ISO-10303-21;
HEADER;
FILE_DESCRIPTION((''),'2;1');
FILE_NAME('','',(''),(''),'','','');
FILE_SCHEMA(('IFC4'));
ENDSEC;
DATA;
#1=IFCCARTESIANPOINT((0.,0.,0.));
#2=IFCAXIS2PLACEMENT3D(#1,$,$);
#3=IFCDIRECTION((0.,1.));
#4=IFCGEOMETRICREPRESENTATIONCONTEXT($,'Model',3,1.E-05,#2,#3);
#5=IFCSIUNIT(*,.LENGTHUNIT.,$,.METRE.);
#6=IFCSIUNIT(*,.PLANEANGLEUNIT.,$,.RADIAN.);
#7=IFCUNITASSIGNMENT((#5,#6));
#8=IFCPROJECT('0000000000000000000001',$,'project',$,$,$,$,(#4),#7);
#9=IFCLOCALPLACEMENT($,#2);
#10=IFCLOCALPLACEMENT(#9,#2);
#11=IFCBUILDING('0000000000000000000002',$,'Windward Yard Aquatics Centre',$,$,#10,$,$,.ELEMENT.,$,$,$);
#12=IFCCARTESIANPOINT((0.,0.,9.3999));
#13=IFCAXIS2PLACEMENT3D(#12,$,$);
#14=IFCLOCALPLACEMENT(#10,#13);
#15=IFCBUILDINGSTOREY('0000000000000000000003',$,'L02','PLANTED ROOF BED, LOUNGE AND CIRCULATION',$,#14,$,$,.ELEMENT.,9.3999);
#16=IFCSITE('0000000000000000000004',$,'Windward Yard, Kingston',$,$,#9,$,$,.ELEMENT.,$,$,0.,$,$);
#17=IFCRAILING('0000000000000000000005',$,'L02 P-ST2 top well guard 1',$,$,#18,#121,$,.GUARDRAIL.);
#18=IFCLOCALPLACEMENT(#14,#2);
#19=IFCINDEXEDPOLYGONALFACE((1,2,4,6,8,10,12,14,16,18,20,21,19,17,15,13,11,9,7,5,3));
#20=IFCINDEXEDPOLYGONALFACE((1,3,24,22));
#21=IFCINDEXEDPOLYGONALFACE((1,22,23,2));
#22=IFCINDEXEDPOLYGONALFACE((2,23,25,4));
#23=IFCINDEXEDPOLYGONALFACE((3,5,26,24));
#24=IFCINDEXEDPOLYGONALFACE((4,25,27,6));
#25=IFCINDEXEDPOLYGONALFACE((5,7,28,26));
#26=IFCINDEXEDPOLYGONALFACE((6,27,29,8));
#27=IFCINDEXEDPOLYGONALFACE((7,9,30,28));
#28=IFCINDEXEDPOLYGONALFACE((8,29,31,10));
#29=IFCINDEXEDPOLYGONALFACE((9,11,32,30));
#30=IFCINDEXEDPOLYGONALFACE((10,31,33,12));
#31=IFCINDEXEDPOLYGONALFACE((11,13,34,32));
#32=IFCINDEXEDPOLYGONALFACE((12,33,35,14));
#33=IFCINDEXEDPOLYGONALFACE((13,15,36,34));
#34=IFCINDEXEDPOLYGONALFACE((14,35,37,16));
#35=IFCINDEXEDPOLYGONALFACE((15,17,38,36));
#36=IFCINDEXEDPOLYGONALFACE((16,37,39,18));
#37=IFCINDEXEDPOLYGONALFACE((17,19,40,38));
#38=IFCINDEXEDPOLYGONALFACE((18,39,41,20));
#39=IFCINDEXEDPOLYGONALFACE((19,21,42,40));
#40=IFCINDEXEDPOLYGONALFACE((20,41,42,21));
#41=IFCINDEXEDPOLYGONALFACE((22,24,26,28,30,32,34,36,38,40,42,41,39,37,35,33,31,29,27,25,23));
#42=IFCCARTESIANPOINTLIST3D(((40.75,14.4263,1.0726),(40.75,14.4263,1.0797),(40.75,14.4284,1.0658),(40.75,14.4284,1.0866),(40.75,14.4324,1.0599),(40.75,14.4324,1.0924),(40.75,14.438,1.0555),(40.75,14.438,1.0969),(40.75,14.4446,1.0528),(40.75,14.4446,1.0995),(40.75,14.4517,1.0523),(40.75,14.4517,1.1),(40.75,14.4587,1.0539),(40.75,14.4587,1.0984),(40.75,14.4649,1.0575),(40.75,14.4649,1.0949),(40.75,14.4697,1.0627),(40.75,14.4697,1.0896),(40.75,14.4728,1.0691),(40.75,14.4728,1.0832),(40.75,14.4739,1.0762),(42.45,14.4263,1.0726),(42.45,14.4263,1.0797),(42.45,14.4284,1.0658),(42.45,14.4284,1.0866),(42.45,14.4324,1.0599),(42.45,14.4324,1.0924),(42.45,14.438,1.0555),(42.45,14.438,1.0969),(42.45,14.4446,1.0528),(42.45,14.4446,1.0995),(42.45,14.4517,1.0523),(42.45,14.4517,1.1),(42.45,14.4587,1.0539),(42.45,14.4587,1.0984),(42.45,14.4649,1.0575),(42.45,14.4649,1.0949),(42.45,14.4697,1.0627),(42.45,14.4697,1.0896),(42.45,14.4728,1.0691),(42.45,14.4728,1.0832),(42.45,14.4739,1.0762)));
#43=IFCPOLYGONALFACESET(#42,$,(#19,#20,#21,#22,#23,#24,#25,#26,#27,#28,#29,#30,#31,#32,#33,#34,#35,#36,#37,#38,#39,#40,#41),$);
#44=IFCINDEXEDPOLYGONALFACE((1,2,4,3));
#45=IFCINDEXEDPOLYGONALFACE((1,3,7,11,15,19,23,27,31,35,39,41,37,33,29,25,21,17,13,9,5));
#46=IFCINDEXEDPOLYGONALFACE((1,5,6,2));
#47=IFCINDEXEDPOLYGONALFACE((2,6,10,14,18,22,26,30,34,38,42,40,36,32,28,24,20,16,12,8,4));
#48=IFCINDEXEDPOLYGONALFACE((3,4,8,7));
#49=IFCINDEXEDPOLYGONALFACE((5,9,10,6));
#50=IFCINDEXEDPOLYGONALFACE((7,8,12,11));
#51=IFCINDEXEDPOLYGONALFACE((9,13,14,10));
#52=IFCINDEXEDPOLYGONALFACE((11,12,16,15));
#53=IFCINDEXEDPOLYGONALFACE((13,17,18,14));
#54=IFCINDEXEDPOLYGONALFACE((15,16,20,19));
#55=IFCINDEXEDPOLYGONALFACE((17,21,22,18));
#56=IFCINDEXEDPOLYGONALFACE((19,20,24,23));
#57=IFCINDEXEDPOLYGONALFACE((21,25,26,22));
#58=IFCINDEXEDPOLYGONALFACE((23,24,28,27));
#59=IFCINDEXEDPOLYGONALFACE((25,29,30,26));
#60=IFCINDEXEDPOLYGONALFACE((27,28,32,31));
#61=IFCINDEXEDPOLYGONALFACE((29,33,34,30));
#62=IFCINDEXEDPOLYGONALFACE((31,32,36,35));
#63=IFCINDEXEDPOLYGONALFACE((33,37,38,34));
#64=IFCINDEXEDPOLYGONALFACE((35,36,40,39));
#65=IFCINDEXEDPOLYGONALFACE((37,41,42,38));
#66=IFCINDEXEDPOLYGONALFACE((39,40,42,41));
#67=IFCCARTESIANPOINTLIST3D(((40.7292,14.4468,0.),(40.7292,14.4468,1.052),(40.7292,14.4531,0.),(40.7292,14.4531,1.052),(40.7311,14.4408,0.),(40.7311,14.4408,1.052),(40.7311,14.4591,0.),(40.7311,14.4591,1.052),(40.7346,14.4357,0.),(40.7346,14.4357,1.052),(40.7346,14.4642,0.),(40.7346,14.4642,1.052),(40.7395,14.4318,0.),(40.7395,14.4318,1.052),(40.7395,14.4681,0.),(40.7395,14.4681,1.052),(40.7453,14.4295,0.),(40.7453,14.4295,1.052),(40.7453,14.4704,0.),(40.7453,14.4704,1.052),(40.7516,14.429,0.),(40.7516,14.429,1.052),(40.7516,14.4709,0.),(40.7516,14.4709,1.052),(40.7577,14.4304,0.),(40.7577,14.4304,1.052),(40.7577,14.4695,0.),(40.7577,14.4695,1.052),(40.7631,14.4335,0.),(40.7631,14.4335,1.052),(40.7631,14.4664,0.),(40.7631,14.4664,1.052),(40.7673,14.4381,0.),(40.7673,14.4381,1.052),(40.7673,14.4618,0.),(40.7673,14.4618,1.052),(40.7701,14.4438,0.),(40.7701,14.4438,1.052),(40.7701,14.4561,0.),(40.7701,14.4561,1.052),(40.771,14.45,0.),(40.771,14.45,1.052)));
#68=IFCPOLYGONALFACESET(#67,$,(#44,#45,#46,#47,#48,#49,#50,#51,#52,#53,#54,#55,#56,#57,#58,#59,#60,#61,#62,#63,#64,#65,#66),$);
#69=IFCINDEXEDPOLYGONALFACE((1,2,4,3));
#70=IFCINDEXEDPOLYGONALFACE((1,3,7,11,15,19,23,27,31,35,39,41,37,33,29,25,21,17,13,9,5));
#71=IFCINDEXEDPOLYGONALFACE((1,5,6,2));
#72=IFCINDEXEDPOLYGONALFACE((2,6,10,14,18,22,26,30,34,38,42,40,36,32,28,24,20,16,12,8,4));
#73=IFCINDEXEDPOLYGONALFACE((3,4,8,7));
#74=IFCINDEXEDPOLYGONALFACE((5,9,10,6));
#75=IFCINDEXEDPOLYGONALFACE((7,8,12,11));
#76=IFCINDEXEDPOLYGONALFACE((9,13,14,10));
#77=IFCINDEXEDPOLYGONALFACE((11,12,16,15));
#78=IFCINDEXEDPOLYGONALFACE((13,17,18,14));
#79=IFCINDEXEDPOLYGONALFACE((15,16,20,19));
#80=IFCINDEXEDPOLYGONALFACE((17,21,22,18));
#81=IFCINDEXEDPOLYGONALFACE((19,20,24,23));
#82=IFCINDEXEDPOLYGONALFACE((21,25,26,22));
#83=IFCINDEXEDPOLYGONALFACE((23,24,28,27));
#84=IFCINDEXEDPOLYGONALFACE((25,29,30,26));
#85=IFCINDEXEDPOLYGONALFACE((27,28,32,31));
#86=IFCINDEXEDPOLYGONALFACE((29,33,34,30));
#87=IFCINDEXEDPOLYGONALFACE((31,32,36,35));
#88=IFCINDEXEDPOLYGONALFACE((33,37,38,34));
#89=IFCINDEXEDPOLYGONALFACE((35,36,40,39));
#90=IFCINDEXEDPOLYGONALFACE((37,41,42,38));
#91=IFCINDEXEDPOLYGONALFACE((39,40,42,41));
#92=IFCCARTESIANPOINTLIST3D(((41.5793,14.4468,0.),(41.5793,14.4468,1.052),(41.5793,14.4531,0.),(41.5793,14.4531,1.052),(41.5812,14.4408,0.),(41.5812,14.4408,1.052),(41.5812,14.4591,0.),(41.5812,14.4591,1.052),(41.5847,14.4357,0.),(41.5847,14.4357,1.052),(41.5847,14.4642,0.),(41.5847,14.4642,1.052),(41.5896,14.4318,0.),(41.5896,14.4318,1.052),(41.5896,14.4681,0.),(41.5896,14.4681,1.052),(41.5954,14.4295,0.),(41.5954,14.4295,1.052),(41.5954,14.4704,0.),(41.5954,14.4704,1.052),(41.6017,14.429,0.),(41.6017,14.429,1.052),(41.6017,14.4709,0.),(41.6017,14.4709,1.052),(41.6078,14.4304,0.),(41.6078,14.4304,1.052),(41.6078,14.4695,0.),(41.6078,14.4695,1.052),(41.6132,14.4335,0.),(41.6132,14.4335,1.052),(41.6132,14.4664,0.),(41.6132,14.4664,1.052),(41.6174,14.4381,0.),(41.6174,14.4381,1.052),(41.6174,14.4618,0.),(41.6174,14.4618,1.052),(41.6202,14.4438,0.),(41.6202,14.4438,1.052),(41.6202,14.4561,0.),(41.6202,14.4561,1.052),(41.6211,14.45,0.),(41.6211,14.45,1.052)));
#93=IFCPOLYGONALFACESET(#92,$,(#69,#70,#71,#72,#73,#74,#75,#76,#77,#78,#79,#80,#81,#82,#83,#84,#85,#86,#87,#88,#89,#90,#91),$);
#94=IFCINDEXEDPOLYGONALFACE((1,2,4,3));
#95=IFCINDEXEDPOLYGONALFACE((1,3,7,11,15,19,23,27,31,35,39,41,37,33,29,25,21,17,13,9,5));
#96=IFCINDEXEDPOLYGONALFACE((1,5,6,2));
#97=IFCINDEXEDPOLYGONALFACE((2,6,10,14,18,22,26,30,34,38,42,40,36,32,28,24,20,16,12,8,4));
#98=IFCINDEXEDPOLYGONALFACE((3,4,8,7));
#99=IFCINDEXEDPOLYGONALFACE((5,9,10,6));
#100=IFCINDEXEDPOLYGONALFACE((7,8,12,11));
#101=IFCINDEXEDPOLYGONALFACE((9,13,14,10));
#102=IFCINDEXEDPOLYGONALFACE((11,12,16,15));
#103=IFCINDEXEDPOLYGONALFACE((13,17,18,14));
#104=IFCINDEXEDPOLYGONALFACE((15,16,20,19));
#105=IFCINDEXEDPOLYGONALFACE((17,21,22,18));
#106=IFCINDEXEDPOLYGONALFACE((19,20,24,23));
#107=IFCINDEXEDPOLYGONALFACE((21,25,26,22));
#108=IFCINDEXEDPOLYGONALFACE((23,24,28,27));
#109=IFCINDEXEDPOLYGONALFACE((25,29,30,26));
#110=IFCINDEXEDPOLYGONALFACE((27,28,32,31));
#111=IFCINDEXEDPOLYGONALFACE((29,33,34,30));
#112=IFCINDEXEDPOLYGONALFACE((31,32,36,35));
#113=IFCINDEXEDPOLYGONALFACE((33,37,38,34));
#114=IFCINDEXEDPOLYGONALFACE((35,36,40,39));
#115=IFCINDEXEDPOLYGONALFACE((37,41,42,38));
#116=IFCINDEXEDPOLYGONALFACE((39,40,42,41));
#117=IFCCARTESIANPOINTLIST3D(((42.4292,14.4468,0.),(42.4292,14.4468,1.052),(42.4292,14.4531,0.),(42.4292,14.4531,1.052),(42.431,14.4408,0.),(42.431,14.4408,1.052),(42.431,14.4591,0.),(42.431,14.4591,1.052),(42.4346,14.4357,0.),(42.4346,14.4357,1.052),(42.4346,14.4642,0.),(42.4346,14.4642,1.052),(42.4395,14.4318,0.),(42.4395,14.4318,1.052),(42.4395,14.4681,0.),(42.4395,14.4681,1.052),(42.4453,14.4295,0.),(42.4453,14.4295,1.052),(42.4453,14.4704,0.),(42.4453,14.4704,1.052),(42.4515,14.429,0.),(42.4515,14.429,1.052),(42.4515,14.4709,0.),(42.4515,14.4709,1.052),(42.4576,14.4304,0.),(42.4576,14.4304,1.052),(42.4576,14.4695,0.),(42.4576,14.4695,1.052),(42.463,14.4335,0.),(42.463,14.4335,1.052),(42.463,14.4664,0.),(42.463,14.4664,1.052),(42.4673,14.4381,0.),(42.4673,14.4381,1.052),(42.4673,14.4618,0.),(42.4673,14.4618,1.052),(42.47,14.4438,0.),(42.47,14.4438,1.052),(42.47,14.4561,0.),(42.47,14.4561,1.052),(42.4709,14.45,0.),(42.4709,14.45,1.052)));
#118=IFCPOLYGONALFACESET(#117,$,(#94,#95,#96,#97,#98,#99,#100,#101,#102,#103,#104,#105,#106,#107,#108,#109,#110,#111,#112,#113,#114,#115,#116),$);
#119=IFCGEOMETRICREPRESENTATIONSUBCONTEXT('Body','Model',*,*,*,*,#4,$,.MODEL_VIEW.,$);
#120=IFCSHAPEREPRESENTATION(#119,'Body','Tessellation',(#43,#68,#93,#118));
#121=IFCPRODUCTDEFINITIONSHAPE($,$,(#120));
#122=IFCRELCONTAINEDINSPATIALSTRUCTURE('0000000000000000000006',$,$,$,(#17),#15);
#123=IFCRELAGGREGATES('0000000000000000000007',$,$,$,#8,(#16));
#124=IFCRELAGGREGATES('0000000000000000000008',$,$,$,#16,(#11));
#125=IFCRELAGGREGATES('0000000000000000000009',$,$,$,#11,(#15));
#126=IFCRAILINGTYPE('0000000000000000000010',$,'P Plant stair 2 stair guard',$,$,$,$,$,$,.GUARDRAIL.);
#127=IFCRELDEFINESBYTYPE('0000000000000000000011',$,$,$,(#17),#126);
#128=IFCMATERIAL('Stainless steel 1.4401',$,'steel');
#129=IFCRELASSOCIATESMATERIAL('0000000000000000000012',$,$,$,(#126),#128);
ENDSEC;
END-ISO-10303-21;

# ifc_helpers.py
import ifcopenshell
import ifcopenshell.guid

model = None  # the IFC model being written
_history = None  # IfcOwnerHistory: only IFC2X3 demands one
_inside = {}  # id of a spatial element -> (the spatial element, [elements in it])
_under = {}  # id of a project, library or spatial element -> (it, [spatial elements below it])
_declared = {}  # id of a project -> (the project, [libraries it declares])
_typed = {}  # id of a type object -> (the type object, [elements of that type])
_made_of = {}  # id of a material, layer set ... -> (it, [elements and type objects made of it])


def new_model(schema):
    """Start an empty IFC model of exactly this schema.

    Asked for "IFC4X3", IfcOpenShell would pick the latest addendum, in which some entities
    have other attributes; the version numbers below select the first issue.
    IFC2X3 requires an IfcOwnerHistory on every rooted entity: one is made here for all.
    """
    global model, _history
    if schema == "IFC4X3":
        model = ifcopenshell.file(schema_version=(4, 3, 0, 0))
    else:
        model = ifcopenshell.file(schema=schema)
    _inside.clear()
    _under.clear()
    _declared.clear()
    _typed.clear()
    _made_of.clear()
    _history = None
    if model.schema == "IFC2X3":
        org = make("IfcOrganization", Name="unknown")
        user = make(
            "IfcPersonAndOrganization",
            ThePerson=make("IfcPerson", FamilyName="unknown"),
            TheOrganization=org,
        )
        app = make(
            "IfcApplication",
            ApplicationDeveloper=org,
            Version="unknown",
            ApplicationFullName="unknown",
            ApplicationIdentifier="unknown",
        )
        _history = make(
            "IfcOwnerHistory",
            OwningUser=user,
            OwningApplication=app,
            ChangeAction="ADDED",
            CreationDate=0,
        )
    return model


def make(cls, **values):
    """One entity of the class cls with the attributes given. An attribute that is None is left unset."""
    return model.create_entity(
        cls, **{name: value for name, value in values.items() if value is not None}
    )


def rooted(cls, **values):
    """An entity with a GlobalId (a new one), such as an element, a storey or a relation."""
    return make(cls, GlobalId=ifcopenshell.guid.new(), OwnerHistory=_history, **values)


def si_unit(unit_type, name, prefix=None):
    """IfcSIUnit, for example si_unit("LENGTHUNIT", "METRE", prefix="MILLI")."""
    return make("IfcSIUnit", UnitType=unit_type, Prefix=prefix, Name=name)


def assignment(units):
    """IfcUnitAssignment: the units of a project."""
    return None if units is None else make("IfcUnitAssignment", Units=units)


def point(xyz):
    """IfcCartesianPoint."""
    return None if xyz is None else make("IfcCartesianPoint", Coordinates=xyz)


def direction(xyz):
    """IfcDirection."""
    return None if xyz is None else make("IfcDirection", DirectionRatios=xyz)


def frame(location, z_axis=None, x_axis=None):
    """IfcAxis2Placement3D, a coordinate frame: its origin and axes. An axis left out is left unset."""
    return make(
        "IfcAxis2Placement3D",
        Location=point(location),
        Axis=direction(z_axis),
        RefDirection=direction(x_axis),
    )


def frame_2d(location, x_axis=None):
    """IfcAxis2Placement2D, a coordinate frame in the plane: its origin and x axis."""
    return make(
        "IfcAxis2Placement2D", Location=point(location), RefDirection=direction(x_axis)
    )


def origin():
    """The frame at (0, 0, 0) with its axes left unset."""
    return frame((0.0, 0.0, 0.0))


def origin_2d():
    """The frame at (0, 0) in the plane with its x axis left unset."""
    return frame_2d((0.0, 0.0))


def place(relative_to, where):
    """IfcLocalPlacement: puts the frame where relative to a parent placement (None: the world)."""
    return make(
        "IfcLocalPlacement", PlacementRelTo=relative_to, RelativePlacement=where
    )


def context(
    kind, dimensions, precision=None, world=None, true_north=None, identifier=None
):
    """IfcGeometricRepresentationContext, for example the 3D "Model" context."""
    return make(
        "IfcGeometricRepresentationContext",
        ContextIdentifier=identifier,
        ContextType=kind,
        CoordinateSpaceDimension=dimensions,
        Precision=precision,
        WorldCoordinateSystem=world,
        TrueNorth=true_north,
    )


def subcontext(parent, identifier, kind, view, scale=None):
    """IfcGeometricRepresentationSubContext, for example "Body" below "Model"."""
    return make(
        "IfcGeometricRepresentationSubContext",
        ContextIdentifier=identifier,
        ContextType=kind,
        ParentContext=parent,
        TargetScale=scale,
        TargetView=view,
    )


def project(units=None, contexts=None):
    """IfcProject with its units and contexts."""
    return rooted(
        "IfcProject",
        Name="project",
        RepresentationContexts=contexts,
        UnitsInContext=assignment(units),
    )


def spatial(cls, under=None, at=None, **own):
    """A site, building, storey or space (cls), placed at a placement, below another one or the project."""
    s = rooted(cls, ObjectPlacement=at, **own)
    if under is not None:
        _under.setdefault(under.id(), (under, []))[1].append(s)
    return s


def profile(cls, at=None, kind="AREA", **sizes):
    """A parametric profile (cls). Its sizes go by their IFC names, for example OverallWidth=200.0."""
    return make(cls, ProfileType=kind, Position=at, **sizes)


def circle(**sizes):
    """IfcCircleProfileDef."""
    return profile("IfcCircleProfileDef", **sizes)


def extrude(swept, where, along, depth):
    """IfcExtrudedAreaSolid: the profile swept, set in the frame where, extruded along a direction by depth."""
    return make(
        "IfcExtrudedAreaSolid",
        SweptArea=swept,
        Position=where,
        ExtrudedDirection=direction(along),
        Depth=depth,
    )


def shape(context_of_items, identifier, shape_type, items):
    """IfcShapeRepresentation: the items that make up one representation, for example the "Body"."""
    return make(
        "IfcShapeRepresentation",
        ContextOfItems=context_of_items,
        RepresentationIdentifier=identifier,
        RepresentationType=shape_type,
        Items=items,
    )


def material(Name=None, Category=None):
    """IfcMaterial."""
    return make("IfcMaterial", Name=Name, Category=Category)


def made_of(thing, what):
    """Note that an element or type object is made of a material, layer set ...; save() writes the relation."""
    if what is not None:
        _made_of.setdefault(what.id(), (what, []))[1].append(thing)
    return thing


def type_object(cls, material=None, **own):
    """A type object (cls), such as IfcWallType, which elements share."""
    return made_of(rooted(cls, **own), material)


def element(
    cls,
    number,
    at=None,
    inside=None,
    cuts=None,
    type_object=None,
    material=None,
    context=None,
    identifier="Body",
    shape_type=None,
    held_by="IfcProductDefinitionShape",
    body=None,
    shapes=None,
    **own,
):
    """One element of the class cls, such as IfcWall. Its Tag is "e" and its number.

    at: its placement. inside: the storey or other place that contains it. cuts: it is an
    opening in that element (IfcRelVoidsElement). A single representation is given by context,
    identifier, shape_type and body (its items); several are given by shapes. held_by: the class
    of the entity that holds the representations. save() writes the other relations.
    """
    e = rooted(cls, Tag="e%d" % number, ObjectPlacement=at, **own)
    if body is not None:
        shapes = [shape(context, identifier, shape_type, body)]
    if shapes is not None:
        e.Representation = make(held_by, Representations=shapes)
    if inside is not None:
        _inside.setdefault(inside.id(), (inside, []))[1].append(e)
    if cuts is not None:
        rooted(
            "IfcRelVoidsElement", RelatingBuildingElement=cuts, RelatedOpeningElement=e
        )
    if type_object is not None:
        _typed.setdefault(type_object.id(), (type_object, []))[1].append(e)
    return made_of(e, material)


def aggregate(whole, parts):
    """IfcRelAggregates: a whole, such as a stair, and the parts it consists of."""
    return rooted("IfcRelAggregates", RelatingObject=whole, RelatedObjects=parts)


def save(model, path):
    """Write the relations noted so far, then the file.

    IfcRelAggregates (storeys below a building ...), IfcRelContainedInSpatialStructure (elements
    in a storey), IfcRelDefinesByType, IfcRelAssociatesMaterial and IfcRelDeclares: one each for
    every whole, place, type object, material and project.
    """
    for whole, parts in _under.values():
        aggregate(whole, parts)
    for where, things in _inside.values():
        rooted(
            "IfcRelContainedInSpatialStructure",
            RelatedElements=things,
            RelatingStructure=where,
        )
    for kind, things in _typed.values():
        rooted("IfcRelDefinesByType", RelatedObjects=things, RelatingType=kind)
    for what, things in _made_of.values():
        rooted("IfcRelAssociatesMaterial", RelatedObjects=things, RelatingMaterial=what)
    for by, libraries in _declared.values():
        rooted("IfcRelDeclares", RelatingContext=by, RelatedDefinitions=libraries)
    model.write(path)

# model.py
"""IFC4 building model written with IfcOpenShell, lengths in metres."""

from ifc_helpers import new_model, si_unit, direction, frame, origin, origin_2d, place, context, subcontext, project, spatial, circle, extrude, material, type_object, element, save


model = new_model("IFC4")

# Units and contexts
model_context = context("Model", 3, precision=1e-05, world=origin(), true_north=direction((0.0, 1.0)))
body_context = subcontext(model_context, "Body", "Model", "MODEL_VIEW")
ifc_project = project(units=[si_unit("LENGTHUNIT", "METRE"), si_unit("PLANEANGLEUNIT", "RADIAN")], contexts=[model_context])

# Site, building, storey
site_placement = place(None, origin())
site = spatial("IfcSite", under=ifc_project, at=site_placement, Name="Windward Yard, Kingston", CompositionType="ELEMENT", RefElevation=0.0)
building_placement = place(site_placement, origin())
building = spatial("IfcBuilding", under=site, at=building_placement, Name="Windward Yard Aquatics Centre", CompositionType="ELEMENT")
storey_placement = place(building_placement, frame((0.0, 0.0, 9.3999)))
storey = spatial("IfcBuildingStorey", under=building, at=storey_placement, Name="L02", Description="PLANTED ROOF BED, LOUNGE AND CIRCULATION", CompositionType="ELEMENT", Elevation=9.3999)

# Railing
ifc_material_1 = material(Name="Stainless steel 1.4401", Category="steel")
railing_type_1 = type_object("IfcRailingType", Name="P Plant stair 2 stair guard", PredefinedType="GUARDRAIL", material=ifc_material_1)
railing_1_placement = place(storey_placement, frame((40.75, 14.45, 0.0)))
element("IfcRailing", 1, at=railing_1_placement, inside=storey, type_object=railing_type_1, Name="L02 P-ST2 top well guard 1", PredefinedType="GUARDRAIL", context=body_context, shape_type="SweptSolid", body=[
    extrude(circle(Radius=0.0239, at=origin_2d()), frame((0.0, 0.0, 1.0762), z_axis=(1.0, 0.0, 0.0), x_axis=(0.0, 1.0, 0.0)), (0.0, 0.0, 1.0), 1.7),
    extrude(circle(Radius=0.021, at=origin_2d()), origin(), (0.0, 0.0, 1.0), 1.052),
    extrude(circle(Radius=0.021, at=origin_2d()), frame((0.8501, 0.0, 0.0)), (0.0, 0.0, 1.0), 1.052),
    extrude(circle(Radius=0.021, at=origin_2d()), frame((1.7, 0.0, 0.0)), (0.0, 0.0, 1.0), 1.052),
])

save(model, "model.ifc")
